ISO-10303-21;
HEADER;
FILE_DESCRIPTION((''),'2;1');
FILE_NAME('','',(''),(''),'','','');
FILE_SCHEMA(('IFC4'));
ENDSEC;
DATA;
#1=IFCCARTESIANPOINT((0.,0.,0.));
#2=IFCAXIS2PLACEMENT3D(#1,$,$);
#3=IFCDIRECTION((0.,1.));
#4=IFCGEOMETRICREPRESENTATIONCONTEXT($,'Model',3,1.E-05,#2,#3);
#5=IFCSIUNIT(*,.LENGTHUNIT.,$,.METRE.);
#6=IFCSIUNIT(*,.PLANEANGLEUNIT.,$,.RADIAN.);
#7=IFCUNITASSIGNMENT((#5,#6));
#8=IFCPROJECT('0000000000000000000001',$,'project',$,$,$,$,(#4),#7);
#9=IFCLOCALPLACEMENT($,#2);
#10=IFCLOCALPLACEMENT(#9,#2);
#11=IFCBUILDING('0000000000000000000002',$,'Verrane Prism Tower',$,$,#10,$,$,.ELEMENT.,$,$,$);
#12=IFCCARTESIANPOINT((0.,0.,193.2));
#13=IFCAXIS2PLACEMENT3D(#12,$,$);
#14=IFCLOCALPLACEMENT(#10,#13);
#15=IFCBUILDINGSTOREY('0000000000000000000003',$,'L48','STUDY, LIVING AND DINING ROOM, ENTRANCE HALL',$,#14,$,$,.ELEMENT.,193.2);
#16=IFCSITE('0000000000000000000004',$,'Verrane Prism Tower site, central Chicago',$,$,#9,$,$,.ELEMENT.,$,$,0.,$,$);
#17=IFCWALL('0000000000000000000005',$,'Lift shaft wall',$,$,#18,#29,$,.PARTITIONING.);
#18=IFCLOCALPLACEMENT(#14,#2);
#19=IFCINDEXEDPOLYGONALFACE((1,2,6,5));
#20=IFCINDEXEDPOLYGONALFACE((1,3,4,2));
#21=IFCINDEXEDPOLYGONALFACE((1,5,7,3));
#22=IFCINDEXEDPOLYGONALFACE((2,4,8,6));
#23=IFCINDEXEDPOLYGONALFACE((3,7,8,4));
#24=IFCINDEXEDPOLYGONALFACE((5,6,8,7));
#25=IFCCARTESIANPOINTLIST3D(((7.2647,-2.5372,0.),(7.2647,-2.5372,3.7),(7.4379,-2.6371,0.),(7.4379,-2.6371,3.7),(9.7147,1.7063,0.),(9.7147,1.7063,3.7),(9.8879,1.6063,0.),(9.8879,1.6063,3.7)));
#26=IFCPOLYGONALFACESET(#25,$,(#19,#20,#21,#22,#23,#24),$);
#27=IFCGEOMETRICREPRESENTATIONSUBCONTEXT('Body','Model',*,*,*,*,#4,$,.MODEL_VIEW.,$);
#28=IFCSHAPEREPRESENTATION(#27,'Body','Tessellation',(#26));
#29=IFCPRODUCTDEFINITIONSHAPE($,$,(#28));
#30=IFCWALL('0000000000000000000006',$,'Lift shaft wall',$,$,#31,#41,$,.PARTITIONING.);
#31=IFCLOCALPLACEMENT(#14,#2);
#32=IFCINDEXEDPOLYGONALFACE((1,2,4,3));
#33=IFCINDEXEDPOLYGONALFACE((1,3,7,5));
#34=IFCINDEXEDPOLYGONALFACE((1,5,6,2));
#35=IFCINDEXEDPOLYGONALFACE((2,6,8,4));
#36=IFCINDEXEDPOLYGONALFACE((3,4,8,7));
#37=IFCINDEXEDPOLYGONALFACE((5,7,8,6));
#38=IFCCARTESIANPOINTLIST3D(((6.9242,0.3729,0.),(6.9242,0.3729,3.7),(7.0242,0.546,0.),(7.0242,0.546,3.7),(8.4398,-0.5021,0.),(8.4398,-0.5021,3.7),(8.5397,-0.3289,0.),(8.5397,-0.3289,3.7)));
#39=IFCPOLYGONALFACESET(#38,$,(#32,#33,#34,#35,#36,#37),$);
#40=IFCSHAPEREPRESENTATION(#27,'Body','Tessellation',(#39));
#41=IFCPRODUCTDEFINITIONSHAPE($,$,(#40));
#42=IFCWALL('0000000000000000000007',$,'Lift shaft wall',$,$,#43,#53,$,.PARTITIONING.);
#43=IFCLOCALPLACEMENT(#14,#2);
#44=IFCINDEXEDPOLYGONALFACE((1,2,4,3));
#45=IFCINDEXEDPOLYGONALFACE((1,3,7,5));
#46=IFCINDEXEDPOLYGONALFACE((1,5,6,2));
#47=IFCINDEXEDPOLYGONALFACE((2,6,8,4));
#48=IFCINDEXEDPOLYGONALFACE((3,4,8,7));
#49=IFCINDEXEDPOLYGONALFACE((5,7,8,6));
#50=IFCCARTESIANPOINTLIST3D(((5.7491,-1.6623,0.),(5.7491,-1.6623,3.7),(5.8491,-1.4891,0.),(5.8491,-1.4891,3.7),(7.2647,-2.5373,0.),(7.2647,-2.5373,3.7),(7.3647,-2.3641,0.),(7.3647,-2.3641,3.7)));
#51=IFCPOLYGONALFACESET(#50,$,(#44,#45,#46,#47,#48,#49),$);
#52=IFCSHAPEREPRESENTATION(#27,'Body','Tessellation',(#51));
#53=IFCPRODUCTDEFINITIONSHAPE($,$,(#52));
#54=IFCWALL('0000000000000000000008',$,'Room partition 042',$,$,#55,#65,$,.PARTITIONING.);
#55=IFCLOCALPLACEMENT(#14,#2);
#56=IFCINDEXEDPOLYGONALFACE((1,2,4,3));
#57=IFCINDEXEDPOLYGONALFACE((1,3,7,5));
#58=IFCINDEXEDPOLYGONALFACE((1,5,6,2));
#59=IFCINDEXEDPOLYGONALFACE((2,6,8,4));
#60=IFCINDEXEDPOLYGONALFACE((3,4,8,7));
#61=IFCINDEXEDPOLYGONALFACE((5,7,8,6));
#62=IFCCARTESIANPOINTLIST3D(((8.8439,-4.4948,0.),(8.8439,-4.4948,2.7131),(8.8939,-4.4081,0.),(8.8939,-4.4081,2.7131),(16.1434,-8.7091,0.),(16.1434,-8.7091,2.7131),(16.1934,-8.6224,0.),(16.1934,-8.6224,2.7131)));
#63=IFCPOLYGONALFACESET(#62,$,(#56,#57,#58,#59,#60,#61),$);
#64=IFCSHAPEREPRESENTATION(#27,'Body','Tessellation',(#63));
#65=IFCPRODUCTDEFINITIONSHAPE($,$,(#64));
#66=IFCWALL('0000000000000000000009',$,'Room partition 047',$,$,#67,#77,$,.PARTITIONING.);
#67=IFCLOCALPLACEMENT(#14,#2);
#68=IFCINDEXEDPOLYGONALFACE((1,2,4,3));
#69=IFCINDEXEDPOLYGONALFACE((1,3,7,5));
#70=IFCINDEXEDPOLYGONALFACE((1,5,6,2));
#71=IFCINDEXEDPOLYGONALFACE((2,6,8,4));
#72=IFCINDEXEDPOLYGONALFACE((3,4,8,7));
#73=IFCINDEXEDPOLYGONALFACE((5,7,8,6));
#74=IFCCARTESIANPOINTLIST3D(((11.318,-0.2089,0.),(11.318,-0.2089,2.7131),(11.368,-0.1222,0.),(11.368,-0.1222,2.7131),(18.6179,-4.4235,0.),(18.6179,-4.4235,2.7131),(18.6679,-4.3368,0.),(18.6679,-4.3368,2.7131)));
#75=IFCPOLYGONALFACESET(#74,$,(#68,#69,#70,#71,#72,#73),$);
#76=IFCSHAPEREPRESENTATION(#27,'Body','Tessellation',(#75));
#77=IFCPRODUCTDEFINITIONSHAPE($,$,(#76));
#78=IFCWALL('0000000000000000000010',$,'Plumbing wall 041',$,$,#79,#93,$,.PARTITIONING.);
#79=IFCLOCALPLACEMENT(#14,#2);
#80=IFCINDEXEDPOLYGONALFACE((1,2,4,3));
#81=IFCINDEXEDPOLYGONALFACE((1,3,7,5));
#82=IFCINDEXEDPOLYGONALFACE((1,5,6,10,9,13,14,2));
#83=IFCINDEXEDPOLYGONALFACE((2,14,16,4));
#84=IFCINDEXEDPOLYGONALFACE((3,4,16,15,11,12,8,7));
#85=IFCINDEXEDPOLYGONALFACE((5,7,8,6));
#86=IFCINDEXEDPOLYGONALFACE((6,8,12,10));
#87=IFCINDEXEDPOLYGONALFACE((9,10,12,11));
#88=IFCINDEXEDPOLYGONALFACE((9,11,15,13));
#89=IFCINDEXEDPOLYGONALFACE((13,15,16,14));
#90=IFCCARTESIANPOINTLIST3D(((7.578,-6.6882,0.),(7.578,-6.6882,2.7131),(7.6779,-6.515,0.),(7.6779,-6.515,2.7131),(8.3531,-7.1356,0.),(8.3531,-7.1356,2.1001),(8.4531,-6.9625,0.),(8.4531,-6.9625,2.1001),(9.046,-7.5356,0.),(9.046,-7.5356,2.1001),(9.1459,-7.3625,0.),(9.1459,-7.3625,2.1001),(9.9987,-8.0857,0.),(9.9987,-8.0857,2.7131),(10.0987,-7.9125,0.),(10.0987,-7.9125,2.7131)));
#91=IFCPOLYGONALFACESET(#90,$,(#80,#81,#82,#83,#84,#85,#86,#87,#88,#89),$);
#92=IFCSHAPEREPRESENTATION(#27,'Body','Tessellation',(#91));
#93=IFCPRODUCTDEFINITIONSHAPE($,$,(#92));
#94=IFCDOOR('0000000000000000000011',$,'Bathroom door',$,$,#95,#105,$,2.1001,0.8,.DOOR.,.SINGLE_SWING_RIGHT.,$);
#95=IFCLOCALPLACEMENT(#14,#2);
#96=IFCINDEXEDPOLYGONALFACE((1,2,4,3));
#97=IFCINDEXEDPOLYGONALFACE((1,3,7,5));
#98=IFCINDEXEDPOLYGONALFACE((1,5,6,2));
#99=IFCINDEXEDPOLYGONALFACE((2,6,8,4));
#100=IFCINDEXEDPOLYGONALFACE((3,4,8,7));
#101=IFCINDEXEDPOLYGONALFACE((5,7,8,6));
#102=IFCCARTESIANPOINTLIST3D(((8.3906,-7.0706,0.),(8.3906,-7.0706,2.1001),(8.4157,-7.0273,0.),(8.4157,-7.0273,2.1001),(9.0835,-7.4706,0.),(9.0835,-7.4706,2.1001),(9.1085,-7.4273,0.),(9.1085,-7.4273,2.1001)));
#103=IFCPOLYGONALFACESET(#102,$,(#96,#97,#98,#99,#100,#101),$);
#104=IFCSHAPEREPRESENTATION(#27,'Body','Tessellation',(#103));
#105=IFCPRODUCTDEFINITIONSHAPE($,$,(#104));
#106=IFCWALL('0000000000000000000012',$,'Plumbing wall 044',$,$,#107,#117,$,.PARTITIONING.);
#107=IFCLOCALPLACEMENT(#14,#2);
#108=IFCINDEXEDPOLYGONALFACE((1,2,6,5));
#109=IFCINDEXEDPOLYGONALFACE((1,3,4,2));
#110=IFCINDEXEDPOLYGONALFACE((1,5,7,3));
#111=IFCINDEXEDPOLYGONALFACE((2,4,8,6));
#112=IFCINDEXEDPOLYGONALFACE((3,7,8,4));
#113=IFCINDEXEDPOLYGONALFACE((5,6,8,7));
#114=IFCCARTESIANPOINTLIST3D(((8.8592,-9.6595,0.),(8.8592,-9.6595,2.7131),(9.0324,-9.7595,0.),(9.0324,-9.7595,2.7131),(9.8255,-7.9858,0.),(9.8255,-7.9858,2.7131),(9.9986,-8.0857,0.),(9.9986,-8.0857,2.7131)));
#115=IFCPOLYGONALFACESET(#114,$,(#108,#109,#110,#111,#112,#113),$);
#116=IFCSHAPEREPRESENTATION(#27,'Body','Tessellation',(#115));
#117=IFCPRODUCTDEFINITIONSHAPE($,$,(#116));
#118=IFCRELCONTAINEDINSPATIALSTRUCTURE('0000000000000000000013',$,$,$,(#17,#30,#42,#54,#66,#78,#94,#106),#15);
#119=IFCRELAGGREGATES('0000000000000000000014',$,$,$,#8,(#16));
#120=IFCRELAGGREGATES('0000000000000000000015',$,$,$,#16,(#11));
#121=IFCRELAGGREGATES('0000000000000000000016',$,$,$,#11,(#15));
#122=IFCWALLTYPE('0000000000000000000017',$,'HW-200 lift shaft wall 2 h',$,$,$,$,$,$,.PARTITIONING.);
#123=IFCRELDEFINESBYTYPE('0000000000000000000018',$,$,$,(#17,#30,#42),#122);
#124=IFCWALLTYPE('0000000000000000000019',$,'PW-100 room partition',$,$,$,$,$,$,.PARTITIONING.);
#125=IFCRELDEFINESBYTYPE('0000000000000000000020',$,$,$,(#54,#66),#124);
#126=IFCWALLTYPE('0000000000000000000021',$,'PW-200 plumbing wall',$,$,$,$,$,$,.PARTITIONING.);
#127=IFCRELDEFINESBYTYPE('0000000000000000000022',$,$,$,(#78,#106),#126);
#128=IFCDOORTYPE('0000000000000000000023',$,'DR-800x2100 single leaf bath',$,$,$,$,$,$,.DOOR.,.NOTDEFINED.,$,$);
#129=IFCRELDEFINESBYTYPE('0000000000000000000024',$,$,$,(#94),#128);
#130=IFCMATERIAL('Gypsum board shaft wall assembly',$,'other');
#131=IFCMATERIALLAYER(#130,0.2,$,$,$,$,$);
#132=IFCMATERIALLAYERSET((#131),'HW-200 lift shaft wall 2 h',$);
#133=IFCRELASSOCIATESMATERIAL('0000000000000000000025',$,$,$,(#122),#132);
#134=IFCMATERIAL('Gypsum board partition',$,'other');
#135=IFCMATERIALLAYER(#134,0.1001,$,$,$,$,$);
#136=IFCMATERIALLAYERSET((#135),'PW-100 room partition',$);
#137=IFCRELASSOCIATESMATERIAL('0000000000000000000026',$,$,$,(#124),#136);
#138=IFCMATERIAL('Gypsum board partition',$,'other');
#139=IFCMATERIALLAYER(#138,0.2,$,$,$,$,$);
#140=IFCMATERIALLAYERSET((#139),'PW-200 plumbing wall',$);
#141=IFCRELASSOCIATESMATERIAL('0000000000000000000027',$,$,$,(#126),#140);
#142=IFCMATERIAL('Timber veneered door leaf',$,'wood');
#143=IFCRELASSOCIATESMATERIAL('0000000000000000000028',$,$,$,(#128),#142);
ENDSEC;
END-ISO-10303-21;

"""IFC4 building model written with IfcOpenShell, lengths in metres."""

from ifc_helpers import new_model, si_unit, direction, frame, frame_2d, origin, place, context, subcontext, project, spatial, rectangle, extrude, material, layer, layer_set, type_object, element, fill, save


model = new_model("IFC4")

# Units and contexts
model_context = context("Model", 3, precision=1e-05, world=origin(), true_north=direction((0.0, 1.0)))
body_context = subcontext(model_context, "Body", "Model", "MODEL_VIEW")
ifc_project = project(units=[si_unit("LENGTHUNIT", "METRE"), si_unit("PLANEANGLEUNIT", "RADIAN")], contexts=[model_context])

# Site, building, storey
site_placement = place(None, origin())
site = spatial("IfcSite", under=ifc_project, at=site_placement, Name="Verrane Prism Tower site, central Chicago", CompositionType="ELEMENT", RefElevation=0.0)
building_placement = place(site_placement, origin())
building = spatial("IfcBuilding", under=site, at=building_placement, Name="Verrane Prism Tower", CompositionType="ELEMENT")
storey_placement = place(building_placement, frame((0.0, 0.0, 193.2)))
storey = spatial("IfcBuildingStorey", under=building, at=storey_placement, Name="L48", Description="STUDY, LIVING AND DINING ROOM, ENTRANCE HALL", CompositionType="ELEMENT", Elevation=193.2)

# Walls
ifc_material_1 = material(Name="Gypsum board shaft wall assembly", Category="other")
ifc_layer_1 = layer(ifc_material_1, 0.2)
ifc_layer_set_1 = layer_set([ifc_layer_1], Name="HW-200 lift shaft wall 2 h")
wall_type_1 = type_object("IfcWallType", Name="HW-200 lift shaft wall 2 h", PredefinedType="PARTITIONING", material=ifc_layer_set_1)
wall_1_placement = place(storey_placement, frame((7.3513, -2.5872, 0.0), z_axis=(0.0, 0.0, 1.0), x_axis=(0.500003, 0.866024, 0.0)))
element("IfcWall", 1, at=wall_1_placement, inside=storey, type_object=wall_type_1, Name="Lift shaft wall", PredefinedType="PARTITIONING", context=body_context, shape_type="SweptSolid", body=[
    extrude(rectangle(XDim=4.8999, YDim=0.2, at=frame_2d((2.45, 0.0))), origin(), (0.0, 0.0, 1.0), 3.7),
])
for number, where, z_axis, x_axis, name in (
    (2, (8.4897, -0.4155, 0.0), (0.0, 0.0, 1.0), (-0.866037, 0.49998, 0.0), "Lift shaft wall"),
    (3, (7.3147, -2.4507, 0.0), (0.0, 0.0, 1.0), (-0.866037, 0.49998, 0.0), "Lift shaft wall"),
):
    element("IfcWall", number, at=place(storey_placement, frame(where, z_axis=z_axis, x_axis=x_axis)), inside=storey, type_object=wall_type_1, Name=name, PredefinedType="PARTITIONING", context=body_context, shape_type="SweptSolid", body=[
        extrude(rectangle(XDim=1.75, YDim=0.2, at=frame_2d((0.875, 0.0))), origin(), (0.0, 0.0, 1.0), 3.7),
    ])
ifc_material_2 = material(Name="Gypsum board partition", Category="other")
ifc_layer_2 = layer(ifc_material_2, 0.1001)
ifc_layer_set_2 = layer_set([ifc_layer_2], Name="PW-100 room partition")
wall_type_2 = type_object("IfcWallType", Name="PW-100 room partition", PredefinedType="PARTITIONING", material=ifc_layer_set_2)
wall_2_placement = place(storey_placement, frame((8.8689, -4.4514, 0.0), z_axis=(0.0, 0.0, 1.0), x_axis=(0.866028, -0.499996, 0.0)))
element("IfcWall", 4, at=wall_2_placement, inside=storey, type_object=wall_type_2, Name="Room partition 042", PredefinedType="PARTITIONING", context=body_context, shape_type="SweptSolid", body=[
    extrude(rectangle(XDim=8.4287, YDim=0.1001, at=frame_2d((4.2144, 0.0))), origin(), (0.0, 0.0, 1.0), 2.7131),
])
wall_3_placement = place(storey_placement, frame((11.343, -0.1655, 0.0), z_axis=(0.0, 0.0, 1.0), x_axis=(0.866023, -0.500005, 0.0)))
element("IfcWall", 5, at=wall_3_placement, inside=storey, type_object=wall_type_2, Name="Room partition 047", PredefinedType="PARTITIONING", context=body_context, shape_type="SweptSolid", body=[
    extrude(rectangle(XDim=8.4292, YDim=0.1001, at=frame_2d((4.2146, 0.0))), origin(), (0.0, 0.0, 1.0), 2.7131),
])

# Wall, opening, door
ifc_material_3 = material(Name="Gypsum board partition", Category="other")
ifc_layer_3 = layer(ifc_material_3, 0.2)
ifc_layer_set_3 = layer_set([ifc_layer_3], Name="PW-200 plumbing wall")
wall_type_3 = type_object("IfcWallType", Name="PW-200 plumbing wall", PredefinedType="PARTITIONING", material=ifc_layer_set_3)
wall_4_placement = place(storey_placement, frame((10.0486, -7.999, 0.0), z_axis=(0.0, 0.0, 1.0), x_axis=(-0.866042, 0.499972, 0.0)))
wall_4 = element("IfcWall", 6, at=wall_4_placement, inside=storey, type_object=wall_type_3, Name="Plumbing wall 041", PredefinedType="PARTITIONING", context=body_context, shape_type="SweptSolid", body=[
    extrude(rectangle(XDim=2.7952, YDim=0.2, at=frame_2d((1.3975, 0.0))), origin(), (0.0, 0.0, 1.0), 2.7131),
])
opening_placement = place(wall_4_placement, frame((1.1001, 0.0, 0.0)))
opening = element("IfcOpeningElement", 7, at=opening_placement, cuts=wall_4, PredefinedType="OPENING", context=body_context, shape_type="SweptSolid", body=[
    extrude(rectangle(XDim=0.8, YDim=2.1001, at=frame_2d((0.3999, 1.05))), frame((0.0, 0.1099, 0.0), z_axis=(0.0, -1.0, 0.0), x_axis=(1.0, 0.0, 0.0)), (0.0, 0.0, 1.0), 0.22),
])
ifc_material_4 = material(Name="Timber veneered door leaf", Category="wood")
door_type = type_object("IfcDoorType", Name="DR-800x2100 single leaf bath", OperationType="NOTDEFINED", PredefinedType="DOOR", material=ifc_material_4)
door_placement = place(opening_placement, origin())
door = element("IfcDoor", 8, at=door_placement, inside=storey, type_object=door_type, Name="Bathroom door", OperationType="SINGLE_SWING_RIGHT", OverallHeight=2.1001, OverallWidth=0.8, PredefinedType="DOOR", context=body_context, shape_type="SweptSolid", body=[
    extrude(rectangle(XDim=0.8, YDim=2.1001, at=frame_2d((0.3999, 1.05))), frame((0.0, 0.0249, 0.0), z_axis=(0.0, -1.0, 0.0), x_axis=(1.0, 0.0, 0.0)), (0.0, 0.0, 1.0), 0.05),
])
fill(opening, door)

# Wall
wall_5_placement = place(storey_placement, frame((8.9458, -9.7095, 0.0), z_axis=(0.0, 0.0, 1.0), x_axis=(0.49997, 0.866043, 0.0)))
element("IfcWall", 9, at=wall_5_placement, inside=storey, type_object=wall_type_3, Name="Plumbing wall 044", PredefinedType="PARTITIONING", context=body_context, shape_type="SweptSolid", body=[
    extrude(rectangle(XDim=1.9326, YDim=0.2, at=frame_2d((0.9663, 0.0))), origin(), (0.0, 0.0, 1.0), 2.7131),
])

save(model, "model.ifc")
